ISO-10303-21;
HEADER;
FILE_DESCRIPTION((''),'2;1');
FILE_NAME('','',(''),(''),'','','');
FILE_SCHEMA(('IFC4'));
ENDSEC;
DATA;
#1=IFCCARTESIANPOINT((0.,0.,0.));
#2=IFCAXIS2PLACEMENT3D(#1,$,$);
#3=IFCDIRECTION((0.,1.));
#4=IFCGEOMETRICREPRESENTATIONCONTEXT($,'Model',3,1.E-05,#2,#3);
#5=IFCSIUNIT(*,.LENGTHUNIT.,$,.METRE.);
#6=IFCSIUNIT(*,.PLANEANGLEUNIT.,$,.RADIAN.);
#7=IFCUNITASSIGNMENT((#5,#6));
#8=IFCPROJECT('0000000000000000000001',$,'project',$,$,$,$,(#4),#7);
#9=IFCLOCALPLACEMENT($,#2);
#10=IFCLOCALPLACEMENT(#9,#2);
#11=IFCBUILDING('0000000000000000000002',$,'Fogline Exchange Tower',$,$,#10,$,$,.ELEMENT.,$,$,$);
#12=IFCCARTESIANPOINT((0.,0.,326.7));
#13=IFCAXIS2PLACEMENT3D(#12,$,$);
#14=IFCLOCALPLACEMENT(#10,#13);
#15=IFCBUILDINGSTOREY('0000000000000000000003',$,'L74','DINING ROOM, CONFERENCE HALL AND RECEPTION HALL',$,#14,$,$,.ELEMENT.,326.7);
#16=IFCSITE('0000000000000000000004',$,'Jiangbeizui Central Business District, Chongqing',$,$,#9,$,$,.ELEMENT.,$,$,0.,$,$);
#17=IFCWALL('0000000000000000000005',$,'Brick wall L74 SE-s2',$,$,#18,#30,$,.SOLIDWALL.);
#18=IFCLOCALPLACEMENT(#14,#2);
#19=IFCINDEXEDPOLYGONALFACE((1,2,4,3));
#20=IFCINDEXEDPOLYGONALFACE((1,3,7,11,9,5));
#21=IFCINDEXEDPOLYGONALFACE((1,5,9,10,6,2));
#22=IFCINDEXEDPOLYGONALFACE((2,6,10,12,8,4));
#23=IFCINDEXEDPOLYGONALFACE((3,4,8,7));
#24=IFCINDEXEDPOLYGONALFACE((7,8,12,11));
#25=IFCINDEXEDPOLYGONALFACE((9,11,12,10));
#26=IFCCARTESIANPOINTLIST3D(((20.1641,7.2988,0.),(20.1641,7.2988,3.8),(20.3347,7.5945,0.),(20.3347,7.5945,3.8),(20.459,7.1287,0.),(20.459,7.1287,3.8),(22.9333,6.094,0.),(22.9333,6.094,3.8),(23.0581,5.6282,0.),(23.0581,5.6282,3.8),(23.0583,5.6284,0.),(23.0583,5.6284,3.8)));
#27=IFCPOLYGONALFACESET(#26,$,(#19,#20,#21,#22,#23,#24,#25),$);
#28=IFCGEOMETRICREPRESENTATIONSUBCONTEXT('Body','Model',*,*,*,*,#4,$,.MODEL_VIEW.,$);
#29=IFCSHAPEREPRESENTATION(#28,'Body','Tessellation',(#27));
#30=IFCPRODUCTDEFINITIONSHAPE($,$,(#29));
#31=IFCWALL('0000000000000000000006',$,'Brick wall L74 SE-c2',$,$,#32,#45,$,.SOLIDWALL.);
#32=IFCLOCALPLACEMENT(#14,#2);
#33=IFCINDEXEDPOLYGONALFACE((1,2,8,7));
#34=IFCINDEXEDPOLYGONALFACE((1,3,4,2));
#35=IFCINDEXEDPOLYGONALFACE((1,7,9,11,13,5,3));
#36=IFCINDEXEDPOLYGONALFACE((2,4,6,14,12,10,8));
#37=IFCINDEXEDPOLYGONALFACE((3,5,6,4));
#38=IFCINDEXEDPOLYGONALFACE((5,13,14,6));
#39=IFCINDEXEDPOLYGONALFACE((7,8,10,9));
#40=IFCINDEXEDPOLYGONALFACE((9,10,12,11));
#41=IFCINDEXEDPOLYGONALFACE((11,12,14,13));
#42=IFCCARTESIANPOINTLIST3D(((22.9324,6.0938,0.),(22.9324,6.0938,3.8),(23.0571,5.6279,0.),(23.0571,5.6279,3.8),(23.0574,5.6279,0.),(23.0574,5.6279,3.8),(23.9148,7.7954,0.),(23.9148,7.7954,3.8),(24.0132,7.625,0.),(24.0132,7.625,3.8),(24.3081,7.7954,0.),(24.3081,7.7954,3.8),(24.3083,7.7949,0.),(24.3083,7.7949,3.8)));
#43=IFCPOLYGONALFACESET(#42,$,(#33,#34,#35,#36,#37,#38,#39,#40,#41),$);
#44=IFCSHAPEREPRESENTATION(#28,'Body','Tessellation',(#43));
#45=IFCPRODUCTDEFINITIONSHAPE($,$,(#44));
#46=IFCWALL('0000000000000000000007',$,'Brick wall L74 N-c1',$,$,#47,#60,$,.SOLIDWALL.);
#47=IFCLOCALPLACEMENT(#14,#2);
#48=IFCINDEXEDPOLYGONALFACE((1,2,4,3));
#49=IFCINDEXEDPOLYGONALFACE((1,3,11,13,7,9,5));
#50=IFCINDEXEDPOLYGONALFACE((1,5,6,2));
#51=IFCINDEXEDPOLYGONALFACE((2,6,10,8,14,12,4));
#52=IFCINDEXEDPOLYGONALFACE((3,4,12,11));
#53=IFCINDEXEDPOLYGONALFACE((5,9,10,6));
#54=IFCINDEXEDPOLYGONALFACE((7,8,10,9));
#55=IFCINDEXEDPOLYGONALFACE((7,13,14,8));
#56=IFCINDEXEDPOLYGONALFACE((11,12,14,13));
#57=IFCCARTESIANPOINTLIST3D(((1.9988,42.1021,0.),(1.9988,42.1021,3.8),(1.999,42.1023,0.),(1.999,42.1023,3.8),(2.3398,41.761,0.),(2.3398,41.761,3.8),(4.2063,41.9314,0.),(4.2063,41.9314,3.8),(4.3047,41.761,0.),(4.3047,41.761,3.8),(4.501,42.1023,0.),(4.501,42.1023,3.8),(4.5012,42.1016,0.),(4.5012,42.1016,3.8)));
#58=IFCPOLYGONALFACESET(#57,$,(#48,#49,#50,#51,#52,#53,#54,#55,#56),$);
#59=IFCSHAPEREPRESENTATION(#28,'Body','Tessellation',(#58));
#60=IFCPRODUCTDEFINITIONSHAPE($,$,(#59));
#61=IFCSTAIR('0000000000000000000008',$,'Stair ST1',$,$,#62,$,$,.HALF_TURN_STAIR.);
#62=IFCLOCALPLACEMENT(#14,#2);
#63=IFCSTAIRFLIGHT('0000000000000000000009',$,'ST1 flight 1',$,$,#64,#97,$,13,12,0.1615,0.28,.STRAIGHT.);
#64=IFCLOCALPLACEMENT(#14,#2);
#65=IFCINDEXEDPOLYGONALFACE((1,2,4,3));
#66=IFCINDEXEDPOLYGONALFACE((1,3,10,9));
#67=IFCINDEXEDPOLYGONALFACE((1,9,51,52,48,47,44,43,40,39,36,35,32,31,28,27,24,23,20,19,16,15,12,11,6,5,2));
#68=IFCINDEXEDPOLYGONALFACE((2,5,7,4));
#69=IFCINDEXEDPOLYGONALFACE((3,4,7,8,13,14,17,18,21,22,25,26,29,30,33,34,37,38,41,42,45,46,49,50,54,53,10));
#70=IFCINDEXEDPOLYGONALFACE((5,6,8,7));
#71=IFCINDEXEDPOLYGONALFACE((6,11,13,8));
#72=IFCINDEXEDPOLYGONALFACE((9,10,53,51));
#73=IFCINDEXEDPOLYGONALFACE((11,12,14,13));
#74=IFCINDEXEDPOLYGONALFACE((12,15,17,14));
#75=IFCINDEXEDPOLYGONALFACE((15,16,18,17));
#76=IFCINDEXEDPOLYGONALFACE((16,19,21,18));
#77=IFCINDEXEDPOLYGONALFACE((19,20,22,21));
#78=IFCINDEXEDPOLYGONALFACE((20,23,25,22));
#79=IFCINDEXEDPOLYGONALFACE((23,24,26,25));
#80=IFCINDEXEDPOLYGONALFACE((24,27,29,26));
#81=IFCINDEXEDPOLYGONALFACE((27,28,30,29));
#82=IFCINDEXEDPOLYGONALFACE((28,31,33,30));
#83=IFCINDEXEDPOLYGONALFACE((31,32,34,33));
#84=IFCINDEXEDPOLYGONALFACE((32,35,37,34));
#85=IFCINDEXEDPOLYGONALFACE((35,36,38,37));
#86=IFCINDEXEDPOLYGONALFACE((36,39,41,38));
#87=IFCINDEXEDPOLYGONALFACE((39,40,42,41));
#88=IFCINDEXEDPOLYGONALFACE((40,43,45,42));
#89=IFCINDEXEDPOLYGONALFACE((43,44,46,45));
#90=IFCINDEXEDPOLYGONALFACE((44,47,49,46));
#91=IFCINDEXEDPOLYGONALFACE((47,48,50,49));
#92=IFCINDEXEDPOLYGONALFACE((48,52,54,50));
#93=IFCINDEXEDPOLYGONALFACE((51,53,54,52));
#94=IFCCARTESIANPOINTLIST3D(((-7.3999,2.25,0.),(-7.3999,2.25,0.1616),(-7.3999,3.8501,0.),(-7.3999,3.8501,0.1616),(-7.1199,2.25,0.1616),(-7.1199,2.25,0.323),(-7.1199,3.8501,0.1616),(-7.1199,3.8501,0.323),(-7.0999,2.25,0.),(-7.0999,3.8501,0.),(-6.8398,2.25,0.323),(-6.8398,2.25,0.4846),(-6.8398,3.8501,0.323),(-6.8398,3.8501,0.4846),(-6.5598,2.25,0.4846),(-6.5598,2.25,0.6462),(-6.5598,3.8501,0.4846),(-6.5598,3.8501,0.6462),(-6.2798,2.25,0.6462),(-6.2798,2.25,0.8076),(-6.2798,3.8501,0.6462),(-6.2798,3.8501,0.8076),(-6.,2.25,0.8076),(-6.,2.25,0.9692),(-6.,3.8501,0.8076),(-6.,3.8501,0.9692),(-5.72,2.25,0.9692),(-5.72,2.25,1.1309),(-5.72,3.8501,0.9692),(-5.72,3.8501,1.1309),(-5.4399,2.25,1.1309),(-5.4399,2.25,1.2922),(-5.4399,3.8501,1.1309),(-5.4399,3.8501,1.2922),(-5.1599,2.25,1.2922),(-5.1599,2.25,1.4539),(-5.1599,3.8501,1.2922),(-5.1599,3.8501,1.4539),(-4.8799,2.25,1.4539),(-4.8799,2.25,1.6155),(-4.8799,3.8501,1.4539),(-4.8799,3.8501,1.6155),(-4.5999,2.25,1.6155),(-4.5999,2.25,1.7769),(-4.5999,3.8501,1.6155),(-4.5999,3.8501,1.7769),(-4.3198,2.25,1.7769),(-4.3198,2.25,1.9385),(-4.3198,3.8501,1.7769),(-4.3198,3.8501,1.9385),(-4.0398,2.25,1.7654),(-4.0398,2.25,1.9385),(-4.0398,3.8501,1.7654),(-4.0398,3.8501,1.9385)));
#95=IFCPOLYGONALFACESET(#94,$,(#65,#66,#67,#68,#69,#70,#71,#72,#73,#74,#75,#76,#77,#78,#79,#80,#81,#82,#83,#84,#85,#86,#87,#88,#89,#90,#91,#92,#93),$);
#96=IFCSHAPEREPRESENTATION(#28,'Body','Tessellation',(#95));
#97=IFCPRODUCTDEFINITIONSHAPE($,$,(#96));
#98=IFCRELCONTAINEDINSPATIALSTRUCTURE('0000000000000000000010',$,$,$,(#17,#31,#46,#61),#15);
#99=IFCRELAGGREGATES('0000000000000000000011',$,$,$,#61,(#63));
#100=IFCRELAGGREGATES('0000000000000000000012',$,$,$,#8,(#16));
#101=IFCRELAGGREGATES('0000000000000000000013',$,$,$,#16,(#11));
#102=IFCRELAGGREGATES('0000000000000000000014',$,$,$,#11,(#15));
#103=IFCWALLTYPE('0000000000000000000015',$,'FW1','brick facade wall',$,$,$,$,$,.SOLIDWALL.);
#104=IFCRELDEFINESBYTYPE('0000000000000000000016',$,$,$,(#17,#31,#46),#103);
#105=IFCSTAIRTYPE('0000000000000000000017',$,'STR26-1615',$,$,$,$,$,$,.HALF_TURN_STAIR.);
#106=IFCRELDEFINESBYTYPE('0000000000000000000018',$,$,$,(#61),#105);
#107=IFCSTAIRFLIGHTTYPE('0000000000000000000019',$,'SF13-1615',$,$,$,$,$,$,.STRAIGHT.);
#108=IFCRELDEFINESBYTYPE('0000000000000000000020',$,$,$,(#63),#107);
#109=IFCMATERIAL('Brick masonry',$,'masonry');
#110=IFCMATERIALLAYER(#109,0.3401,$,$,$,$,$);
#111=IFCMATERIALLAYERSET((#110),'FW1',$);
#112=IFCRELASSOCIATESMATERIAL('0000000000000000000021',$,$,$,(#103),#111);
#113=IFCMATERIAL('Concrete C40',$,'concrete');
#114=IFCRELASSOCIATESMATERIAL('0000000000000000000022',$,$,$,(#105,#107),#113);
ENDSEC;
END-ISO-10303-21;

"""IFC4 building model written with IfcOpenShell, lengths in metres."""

from ifc_helpers import new_model, si_unit, direction, frame, origin, place, context, subcontext, project, spatial, polyline, outline, extrude, material, layer, layer_set, type_object, element, aggregate, save


model = new_model("IFC4")

# Units and contexts
model_context = context("Model", 3, precision=1e-05, world=origin(), true_north=direction((0.0, 1.0)))
body_context = subcontext(model_context, "Body", "Model", "MODEL_VIEW")
ifc_project = project(units=[si_unit("LENGTHUNIT", "METRE"), si_unit("PLANEANGLEUNIT", "RADIAN")], contexts=[model_context])

# Site, building, storey
site_placement = place(None, origin())
site = spatial("IfcSite", under=ifc_project, at=site_placement, Name="Jiangbeizui Central Business District, Chongqing", CompositionType="ELEMENT", RefElevation=0.0)
building_placement = place(site_placement, origin())
building = spatial("IfcBuilding", under=site, at=building_placement, Name="Fogline Exchange Tower", CompositionType="ELEMENT")
storey_placement = place(building_placement, frame((0.0, 0.0, 326.7)))
storey = spatial("IfcBuildingStorey", under=building, at=storey_placement, Name="L74", Description="DINING ROOM, CONFERENCE HALL AND RECEPTION HALL", CompositionType="ELEMENT", Elevation=326.7)

# Shared definitions
ifc_material_1 = material(Name="Concrete C40", Category="concrete")

# Walls
ifc_material_2 = material(Name="Brick masonry", Category="masonry")
ifc_layer_1 = layer(ifc_material_2, 0.3401)
ifc_layer_set_1 = layer_set([ifc_layer_1], Name="FW1")
wall_type_1 = type_object("IfcWallType", Name="FW1", Description="brick facade wall", PredefinedType="SOLIDWALL", material=ifc_layer_set_1)
wall_1_placement = place(storey_placement, origin())
element("IfcWall", 1, at=wall_1_placement, inside=storey, type_object=wall_type_1, Name="Brick wall L74 SE-s2", PredefinedType="SOLIDWALL", context=body_context, shape_type="SweptSolid", body=[
    extrude(outline(polyline([(23.0581, 5.6282), (20.459, 7.1287), (20.1641, 7.2988), (20.3347, 7.5945), (22.9333, 6.094), (23.0583, 5.6284), (23.0581, 5.6282)])), origin(), (0.0, 0.0, 1.0), 3.8),
])
wall_2_placement = place(storey_placement, origin())
element("IfcWall", 2, at=wall_2_placement, inside=storey, type_object=wall_type_1, Name="Brick wall L74 SE-c2", PredefinedType="SOLIDWALL", context=body_context, shape_type="SweptSolid", body=[
    extrude(outline(polyline([(23.9148, 7.7954), (24.0132, 7.625), (24.3081, 7.7954), (24.3083, 7.7949), (23.0574, 5.6279), (23.0571, 5.6279), (22.9324, 6.0938), (23.9148, 7.7954)])), origin(), (0.0, 0.0, 1.0), 3.8),
])
wall_3_placement = place(storey_placement, origin())
element("IfcWall", 3, at=wall_3_placement, inside=storey, type_object=wall_type_1, Name="Brick wall L74 N-c1", PredefinedType="SOLIDWALL", context=body_context, shape_type="SweptSolid", body=[
    extrude(outline(polyline([(1.999, 42.1023), (4.501, 42.1023), (4.5012, 42.1016), (4.2063, 41.9314), (4.3047, 41.761), (2.3398, 41.761), (1.9988, 42.1021), (1.999, 42.1023)])), origin(), (0.0, 0.0, 1.0), 3.8),
])

# Stair, stair flight
stair_type = type_object("IfcStairType", Name="STR26-1615", PredefinedType="HALF_TURN_STAIR", material=ifc_material_1)
stair_placement = place(storey_placement, origin())
stair = element("IfcStair", 4, at=stair_placement, inside=storey, type_object=stair_type, Name="Stair ST1", PredefinedType="HALF_TURN_STAIR")
stair_flight_type = type_object("IfcStairFlightType", Name="SF13-1615", PredefinedType="STRAIGHT", material=ifc_material_1)
stair_flight_placement = place(storey_placement, frame((-7.3999, 3.05, 0.0), z_axis=(0.0, 0.0, 1.0), x_axis=(1.0, 0.0, 0.0)))
stair_flight = element("IfcStairFlight", 5, at=stair_flight_placement, type_object=stair_flight_type, Name="ST1 flight 1", NumberOfRisers=13, NumberOfTreads=12, PredefinedType="STRAIGHT", RiserHeight=0.1615, TreadLength=0.28, context=body_context, shape_type="SweptSolid", body=[
    extrude(outline(polyline([(0.0, 0.0), (0.0, 0.1616), (0.28, 0.1616), (0.28, 0.323), (0.5601, 0.323), (0.5601, 0.4846), (0.8401, 0.4846), (0.8401, 0.6462), (1.1201, 0.6462), (1.1201, 0.8076), (1.3999, 0.8076), (1.3999, 0.9692), (1.6799, 0.9692), (1.6799, 1.1309), (1.96, 1.1309), (1.96, 1.2922), (2.24, 1.2922), (2.24, 1.4539), (2.52, 1.4539), (2.52, 1.6155), (2.8, 1.6155), (2.8, 1.7769), (3.0801, 1.7769), (3.0801, 1.9385), (3.3601, 1.9385), (3.3601, 2.1001), (3.3601, 1.7654), (0.3, 0.0), (0.0, 0.0)])), frame((0.0, 0.8, 0.0), z_axis=(0.0, -1.0, 0.0), x_axis=(1.0, 0.0, 0.0)), (0.0, 0.0, 1.0), 1.6001),
])
aggregate(stair, [stair_flight])

save(model, "model.ifc")
